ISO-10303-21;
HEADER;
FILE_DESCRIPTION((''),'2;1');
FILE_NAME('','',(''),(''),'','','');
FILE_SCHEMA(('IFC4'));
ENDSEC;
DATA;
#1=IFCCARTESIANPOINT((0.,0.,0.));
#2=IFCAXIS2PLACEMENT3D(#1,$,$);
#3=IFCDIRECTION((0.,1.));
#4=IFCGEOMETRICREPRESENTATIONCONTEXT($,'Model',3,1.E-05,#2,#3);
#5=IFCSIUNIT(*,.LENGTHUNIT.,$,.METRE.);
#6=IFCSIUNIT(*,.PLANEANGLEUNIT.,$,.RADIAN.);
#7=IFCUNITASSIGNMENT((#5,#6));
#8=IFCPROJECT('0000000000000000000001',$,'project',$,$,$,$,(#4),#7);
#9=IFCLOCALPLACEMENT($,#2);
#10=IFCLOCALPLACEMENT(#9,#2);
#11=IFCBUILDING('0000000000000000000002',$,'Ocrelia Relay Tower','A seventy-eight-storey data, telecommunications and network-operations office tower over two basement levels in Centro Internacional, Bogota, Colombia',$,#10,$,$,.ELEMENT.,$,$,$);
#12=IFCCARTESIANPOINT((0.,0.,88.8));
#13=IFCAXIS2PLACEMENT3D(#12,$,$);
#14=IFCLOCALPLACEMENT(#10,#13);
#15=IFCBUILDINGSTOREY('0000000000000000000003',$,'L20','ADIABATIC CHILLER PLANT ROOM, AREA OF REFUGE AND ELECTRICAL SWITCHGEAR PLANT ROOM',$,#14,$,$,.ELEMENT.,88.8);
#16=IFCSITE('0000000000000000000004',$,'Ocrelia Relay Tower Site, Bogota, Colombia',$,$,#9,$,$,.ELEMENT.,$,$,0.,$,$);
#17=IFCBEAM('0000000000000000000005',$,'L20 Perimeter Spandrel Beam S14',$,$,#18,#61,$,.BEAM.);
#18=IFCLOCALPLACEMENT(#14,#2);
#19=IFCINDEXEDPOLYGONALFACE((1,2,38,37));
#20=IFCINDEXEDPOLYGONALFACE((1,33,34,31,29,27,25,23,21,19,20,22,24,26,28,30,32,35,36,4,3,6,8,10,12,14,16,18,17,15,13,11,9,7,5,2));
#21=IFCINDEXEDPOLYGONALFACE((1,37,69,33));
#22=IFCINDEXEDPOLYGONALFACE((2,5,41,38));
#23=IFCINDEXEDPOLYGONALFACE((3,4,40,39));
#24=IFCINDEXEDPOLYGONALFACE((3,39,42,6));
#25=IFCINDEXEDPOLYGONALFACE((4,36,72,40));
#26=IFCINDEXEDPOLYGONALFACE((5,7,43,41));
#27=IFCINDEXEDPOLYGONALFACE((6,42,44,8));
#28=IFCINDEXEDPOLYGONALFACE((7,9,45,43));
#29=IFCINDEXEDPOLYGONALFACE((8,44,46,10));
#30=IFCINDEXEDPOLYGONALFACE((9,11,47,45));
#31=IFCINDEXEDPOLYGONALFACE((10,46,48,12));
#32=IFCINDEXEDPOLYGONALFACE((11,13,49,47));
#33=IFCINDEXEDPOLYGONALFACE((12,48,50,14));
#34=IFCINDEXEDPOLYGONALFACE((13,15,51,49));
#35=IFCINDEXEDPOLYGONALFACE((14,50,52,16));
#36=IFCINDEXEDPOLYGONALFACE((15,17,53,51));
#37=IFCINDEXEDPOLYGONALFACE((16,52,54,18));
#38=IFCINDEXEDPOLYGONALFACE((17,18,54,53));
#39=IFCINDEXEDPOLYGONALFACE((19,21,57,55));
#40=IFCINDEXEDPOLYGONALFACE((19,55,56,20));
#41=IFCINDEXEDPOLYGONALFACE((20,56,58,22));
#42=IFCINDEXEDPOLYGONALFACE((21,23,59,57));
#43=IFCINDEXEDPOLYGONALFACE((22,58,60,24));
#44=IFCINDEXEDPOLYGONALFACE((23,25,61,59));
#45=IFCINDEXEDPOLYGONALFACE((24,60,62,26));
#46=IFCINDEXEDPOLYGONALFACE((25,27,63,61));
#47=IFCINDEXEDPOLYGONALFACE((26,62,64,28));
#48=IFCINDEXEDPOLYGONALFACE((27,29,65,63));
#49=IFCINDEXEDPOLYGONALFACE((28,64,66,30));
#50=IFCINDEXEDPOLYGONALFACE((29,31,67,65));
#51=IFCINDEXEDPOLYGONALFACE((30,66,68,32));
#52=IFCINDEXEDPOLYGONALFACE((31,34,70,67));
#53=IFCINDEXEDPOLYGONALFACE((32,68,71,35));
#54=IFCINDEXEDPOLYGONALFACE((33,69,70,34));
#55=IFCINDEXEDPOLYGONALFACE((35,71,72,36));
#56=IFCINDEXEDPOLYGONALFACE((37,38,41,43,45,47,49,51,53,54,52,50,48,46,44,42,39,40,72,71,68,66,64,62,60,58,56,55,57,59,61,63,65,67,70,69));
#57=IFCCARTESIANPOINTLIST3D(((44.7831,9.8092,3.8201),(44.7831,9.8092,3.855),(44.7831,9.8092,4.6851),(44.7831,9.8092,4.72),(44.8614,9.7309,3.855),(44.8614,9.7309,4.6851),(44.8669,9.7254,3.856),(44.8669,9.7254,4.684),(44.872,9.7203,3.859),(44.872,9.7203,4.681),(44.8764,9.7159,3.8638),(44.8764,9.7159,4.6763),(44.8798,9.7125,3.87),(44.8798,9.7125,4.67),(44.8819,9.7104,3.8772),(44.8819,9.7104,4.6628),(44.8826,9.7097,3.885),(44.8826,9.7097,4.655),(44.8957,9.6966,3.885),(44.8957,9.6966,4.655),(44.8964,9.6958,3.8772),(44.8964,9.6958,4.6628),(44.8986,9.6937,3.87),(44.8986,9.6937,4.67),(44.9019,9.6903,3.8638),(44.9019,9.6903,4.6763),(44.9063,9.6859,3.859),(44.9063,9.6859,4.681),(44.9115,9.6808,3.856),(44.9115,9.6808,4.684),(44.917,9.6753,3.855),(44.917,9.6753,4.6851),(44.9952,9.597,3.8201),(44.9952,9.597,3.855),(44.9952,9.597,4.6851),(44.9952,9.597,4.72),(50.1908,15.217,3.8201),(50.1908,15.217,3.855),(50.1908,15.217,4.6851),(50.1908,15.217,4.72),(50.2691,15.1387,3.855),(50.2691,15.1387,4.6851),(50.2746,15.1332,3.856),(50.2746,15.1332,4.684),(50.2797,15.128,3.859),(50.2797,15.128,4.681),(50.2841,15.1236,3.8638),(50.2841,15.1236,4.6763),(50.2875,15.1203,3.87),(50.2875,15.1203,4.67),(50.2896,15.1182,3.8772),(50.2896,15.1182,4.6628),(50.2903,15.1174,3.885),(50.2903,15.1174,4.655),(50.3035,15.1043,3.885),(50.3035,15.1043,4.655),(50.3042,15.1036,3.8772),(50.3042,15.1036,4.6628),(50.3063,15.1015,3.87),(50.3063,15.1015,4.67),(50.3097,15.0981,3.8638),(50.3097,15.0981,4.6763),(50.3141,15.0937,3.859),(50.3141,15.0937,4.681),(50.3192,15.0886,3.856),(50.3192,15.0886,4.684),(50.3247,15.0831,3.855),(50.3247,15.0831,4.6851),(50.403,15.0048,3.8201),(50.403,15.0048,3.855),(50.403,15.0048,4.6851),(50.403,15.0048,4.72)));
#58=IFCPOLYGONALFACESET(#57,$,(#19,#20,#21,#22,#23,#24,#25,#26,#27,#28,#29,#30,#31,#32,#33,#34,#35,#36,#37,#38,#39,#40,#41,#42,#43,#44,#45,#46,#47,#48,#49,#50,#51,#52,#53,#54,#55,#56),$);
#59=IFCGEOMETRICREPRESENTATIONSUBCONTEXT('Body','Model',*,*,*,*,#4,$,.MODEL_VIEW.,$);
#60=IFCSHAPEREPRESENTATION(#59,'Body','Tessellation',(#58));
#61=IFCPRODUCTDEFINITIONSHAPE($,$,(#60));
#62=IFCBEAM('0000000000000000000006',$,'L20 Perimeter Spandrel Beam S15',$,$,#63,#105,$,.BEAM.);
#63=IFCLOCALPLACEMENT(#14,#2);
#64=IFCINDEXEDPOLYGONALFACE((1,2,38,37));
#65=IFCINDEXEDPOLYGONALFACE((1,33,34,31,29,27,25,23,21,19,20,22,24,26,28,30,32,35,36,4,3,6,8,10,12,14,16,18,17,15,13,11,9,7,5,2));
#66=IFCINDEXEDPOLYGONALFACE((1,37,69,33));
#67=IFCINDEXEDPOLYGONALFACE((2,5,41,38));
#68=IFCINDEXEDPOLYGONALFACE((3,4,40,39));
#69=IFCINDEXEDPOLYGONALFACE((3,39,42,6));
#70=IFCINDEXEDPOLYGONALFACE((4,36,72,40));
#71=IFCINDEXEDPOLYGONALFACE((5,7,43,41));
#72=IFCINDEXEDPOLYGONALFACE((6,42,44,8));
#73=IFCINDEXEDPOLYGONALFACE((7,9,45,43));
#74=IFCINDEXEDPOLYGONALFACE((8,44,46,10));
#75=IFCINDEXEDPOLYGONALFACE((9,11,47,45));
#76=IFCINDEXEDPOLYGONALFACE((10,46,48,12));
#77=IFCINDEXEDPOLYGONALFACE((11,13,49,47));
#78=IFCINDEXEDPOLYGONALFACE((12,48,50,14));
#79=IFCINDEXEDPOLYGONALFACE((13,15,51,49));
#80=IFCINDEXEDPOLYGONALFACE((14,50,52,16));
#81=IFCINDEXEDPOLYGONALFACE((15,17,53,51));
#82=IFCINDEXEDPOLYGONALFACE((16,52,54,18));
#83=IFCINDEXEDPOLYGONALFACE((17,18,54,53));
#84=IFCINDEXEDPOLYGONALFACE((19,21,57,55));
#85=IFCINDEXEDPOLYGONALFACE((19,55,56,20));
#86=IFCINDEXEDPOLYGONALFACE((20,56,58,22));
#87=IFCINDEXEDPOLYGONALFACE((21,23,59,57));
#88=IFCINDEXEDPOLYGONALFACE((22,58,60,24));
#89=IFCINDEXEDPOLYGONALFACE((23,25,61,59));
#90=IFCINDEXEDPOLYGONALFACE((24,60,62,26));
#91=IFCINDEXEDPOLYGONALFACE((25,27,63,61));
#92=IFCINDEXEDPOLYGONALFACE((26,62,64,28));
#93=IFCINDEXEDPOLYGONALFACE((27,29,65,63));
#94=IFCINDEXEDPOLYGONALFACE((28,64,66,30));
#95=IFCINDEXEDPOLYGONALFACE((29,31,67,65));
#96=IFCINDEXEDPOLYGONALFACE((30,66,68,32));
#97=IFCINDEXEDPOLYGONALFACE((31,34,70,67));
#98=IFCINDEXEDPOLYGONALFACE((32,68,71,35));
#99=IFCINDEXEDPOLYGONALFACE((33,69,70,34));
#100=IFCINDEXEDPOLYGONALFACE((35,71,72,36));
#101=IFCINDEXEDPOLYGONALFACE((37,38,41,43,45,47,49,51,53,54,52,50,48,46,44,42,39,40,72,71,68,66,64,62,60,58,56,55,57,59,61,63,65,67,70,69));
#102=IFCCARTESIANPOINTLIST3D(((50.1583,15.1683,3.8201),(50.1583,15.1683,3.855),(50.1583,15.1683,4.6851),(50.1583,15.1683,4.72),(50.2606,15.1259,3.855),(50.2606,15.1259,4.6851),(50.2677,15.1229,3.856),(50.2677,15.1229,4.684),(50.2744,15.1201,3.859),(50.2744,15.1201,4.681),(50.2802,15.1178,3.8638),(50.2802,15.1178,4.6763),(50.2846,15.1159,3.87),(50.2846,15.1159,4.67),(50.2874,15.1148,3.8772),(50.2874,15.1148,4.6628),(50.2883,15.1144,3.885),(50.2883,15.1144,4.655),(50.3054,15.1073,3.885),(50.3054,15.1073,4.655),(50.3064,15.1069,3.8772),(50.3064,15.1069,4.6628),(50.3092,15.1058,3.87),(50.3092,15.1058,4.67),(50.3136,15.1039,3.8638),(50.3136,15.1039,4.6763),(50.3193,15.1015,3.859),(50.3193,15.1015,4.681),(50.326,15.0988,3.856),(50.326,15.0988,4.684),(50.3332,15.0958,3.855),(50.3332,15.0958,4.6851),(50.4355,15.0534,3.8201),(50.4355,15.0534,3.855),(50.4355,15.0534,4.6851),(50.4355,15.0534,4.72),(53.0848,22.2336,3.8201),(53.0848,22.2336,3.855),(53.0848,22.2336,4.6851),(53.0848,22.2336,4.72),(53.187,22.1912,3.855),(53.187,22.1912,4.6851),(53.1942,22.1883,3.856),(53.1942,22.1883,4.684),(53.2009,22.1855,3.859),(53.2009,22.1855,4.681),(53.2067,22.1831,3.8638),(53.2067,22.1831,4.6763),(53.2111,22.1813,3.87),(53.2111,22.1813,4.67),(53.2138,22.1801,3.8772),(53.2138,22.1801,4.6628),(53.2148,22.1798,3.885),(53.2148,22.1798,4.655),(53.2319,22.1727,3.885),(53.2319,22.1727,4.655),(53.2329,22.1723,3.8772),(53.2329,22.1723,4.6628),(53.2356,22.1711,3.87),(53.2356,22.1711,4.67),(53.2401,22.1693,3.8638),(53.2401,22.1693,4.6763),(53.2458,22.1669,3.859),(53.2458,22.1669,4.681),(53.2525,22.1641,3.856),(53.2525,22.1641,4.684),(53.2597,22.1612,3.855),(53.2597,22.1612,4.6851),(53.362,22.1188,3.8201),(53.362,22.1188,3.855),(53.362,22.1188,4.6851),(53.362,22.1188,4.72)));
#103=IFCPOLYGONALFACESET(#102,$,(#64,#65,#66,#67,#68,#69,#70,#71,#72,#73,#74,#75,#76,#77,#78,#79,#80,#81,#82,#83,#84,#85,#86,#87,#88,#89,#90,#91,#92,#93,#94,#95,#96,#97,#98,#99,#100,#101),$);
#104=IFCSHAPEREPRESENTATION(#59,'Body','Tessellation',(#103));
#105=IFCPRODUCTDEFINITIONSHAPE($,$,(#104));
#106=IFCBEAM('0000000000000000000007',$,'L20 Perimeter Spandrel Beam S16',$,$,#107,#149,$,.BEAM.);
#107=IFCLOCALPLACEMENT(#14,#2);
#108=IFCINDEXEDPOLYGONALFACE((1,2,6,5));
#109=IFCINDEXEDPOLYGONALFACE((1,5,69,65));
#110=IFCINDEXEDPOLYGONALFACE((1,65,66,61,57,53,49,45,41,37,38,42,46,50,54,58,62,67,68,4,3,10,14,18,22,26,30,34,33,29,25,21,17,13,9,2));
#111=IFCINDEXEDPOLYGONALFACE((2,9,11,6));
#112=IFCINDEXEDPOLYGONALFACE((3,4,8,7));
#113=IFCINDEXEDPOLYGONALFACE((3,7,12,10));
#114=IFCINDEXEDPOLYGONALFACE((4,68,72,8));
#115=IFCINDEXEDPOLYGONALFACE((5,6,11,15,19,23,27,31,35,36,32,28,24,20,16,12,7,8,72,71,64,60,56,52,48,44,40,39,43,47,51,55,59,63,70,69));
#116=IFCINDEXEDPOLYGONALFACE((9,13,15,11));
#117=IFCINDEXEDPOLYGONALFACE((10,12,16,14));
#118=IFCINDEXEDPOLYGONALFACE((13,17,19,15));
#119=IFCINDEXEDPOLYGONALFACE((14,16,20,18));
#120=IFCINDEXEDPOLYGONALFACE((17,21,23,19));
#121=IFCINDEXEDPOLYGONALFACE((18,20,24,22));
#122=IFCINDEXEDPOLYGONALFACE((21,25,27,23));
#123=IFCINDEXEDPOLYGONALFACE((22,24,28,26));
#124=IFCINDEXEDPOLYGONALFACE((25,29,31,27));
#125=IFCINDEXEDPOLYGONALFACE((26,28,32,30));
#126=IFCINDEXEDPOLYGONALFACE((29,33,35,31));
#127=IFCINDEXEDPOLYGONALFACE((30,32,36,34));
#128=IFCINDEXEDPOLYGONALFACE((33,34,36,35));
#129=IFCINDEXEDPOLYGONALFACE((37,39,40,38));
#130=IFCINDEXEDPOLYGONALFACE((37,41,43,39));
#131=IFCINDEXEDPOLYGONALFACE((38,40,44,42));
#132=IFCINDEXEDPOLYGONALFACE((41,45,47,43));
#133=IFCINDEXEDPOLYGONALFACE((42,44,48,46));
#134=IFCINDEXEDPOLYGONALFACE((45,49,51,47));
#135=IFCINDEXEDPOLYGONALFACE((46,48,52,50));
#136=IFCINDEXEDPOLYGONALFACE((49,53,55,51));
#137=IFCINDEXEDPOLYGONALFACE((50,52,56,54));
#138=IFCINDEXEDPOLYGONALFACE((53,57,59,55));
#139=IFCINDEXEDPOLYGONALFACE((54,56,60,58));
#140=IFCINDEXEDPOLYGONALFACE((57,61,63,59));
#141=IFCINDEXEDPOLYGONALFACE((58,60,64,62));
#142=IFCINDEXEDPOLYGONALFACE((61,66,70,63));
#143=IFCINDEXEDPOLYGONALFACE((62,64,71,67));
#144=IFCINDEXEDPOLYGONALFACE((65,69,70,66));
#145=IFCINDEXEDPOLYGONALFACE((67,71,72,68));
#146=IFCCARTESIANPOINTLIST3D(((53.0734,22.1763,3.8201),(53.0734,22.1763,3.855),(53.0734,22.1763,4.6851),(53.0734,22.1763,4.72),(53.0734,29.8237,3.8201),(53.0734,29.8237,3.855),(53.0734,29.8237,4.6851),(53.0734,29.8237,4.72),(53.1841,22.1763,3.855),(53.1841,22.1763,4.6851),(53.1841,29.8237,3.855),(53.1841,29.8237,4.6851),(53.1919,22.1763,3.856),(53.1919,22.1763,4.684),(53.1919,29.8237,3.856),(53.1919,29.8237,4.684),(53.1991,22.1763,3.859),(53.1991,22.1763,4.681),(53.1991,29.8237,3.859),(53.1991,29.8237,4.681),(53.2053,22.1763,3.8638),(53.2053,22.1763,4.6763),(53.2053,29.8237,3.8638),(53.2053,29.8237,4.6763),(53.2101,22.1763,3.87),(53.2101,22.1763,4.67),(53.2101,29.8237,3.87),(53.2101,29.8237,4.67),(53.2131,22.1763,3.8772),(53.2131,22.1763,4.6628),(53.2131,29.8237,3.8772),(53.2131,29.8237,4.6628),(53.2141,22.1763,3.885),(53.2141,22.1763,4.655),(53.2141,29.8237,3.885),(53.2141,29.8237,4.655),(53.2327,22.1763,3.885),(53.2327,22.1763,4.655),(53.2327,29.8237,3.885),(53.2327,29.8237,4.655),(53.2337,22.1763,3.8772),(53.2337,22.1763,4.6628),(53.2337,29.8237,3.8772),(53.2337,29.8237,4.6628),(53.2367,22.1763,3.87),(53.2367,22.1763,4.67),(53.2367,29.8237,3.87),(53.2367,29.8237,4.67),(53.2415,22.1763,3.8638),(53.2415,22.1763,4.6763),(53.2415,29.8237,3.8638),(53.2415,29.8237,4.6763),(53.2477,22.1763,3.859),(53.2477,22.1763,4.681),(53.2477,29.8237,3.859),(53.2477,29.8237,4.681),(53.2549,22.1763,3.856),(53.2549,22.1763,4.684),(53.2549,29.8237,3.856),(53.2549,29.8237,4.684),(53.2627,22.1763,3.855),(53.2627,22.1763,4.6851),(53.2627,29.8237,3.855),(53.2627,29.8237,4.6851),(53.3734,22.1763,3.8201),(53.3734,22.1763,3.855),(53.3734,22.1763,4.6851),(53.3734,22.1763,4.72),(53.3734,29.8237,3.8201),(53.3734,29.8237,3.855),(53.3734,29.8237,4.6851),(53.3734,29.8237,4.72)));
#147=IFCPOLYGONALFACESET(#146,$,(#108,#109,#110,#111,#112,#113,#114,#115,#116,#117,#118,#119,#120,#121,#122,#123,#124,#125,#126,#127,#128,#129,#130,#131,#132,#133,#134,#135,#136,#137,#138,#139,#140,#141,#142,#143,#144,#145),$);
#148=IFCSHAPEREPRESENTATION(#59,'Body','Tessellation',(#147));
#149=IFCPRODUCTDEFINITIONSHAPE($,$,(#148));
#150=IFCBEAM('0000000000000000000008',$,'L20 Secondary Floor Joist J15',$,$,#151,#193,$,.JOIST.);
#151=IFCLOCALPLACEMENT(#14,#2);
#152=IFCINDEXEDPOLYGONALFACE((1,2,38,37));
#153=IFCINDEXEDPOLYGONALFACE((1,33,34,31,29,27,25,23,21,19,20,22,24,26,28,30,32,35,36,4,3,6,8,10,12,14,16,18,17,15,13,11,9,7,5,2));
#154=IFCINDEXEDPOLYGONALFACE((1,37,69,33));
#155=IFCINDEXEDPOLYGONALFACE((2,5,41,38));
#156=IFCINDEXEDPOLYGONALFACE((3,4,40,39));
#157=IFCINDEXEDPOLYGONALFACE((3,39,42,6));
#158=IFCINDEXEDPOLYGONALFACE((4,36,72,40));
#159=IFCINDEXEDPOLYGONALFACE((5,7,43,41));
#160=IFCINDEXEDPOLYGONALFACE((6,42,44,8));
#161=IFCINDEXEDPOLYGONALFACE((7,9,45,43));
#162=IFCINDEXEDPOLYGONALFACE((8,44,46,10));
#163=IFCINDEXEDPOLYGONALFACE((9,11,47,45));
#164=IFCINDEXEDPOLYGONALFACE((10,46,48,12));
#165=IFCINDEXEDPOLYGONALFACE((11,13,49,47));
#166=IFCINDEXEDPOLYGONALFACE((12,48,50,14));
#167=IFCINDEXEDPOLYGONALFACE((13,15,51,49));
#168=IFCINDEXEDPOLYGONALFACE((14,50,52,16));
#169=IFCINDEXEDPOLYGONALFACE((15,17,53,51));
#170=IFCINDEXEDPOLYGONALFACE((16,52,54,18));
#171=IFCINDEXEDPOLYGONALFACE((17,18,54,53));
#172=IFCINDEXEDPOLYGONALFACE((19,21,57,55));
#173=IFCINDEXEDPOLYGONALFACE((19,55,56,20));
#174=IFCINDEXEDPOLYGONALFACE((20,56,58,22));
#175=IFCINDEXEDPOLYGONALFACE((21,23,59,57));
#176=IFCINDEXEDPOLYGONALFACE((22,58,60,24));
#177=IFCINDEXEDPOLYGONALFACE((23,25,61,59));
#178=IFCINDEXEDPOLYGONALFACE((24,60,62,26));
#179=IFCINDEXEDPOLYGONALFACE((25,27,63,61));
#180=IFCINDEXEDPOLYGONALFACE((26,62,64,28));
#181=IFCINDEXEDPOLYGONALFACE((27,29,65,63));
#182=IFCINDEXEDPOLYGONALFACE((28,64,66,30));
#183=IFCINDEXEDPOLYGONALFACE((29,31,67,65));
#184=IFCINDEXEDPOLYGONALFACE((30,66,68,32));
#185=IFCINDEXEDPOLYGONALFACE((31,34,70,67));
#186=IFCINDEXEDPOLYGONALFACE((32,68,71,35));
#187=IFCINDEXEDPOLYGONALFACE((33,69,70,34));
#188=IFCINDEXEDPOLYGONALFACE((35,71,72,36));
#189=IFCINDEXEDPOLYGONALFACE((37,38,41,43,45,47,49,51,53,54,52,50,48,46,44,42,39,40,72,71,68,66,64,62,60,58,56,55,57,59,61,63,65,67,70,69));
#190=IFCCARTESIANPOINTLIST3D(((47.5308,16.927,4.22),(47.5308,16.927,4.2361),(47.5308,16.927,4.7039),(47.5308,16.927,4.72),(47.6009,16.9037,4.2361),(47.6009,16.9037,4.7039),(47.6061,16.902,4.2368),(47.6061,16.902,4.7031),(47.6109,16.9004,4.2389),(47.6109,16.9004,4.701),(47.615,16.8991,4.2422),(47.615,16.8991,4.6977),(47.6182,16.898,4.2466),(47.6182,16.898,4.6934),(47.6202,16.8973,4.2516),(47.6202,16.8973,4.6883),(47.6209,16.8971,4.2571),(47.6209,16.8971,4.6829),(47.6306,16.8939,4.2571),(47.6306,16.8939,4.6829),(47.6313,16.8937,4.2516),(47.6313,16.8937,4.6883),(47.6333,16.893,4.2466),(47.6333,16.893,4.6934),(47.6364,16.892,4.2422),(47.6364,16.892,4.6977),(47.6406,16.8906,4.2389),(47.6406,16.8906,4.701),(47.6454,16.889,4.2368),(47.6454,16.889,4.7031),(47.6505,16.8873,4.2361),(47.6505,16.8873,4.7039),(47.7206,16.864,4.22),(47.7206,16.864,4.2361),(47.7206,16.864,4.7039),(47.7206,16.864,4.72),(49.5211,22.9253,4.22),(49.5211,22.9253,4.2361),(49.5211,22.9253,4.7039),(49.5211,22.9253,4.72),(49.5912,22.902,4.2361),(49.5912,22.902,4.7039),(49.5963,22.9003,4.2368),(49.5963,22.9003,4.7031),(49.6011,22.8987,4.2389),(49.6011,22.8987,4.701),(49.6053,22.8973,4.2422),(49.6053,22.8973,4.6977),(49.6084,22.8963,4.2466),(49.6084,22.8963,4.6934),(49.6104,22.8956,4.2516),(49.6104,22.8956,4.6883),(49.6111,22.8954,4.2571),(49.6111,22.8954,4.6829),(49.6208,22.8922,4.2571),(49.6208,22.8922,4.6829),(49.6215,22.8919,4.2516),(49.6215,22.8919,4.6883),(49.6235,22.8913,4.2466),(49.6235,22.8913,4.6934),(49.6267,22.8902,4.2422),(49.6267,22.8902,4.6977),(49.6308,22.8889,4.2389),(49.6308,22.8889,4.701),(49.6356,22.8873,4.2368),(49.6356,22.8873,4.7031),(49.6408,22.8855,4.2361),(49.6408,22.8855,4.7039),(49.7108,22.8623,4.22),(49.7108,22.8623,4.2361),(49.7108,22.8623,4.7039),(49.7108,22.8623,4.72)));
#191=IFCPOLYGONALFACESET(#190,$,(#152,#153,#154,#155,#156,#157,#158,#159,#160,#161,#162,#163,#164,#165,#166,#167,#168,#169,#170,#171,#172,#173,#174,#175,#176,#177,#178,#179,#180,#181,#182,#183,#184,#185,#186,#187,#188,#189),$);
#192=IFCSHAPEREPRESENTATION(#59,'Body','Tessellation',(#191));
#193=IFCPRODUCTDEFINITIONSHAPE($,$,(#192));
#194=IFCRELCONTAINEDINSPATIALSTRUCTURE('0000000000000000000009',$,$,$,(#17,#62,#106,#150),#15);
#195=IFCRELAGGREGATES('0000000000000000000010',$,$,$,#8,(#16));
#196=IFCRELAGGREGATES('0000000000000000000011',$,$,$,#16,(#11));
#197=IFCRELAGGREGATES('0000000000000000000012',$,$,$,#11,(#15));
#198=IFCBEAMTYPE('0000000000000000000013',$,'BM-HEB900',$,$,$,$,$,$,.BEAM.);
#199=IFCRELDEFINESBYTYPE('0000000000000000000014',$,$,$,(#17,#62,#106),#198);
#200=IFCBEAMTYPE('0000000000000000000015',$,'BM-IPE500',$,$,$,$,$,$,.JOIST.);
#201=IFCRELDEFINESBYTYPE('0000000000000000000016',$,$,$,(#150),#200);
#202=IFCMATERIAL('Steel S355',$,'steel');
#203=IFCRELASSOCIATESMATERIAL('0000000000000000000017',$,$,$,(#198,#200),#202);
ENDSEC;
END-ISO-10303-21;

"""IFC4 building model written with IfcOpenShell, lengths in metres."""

from ifc_helpers import new_model, si_unit, direction, frame, origin, origin_2d, place, context, subcontext, project, spatial, i_section, extrude, material, material_profile, profile_set, type_object, element, save


model = new_model("IFC4")

# Units and contexts
model_context = context("Model", 3, precision=1e-05, world=origin(), true_north=direction((0.0, 1.0)))
body_context = subcontext(model_context, "Body", "Model", "MODEL_VIEW")
ifc_project = project(units=[si_unit("LENGTHUNIT", "METRE"), si_unit("PLANEANGLEUNIT", "RADIAN")], contexts=[model_context])

# Site, building, storey
site_placement = place(None, origin())
site = spatial("IfcSite", under=ifc_project, at=site_placement, Name="Ocrelia Relay Tower Site, Bogota, Colombia", CompositionType="ELEMENT", RefElevation=0.0)
building_placement = place(site_placement, origin())
building = spatial("IfcBuilding", under=site, at=building_placement, Name="Ocrelia Relay Tower", Description="A seventy-eight-storey data, telecommunications and network-operations office tower over two basement levels in Centro Internacional, Bogota, Colombia", CompositionType="ELEMENT")
storey_placement = place(building_placement, frame((0.0, 0.0, 88.8)))
storey = spatial("IfcBuildingStorey", under=building, at=storey_placement, Name="L20", Description="ADIABATIC CHILLER PLANT ROOM, AREA OF REFUGE AND ELECTRICAL SWITCHGEAR PLANT ROOM", CompositionType="ELEMENT", Elevation=88.8)

# Beams
ifc_material_1 = material(Name="Steel S355", Category="steel")
ifc_material_profile_1 = material_profile(ifc_material_1, i_section(OverallWidth=0.3, OverallDepth=0.8999, WebThickness=0.0186, FlangeThickness=0.0349, FilletRadius=0.03, at=origin_2d()), Name="HEB 900")
ifc_profile_set_1 = profile_set([ifc_material_profile_1], Name="Steel S355")
beam_type_1 = type_object("IfcBeamType", Name="BM-HEB900", PredefinedType="BEAM", material=ifc_profile_set_1)
beam_1_placement = place(storey_placement, frame((44.8892, 9.7031, 4.27), z_axis=(0.707107, 0.707107, 0.0), x_axis=(-0.707107, 0.707107, 0.0)))
element("IfcBeam", 1, at=beam_1_placement, inside=storey, type_object=beam_type_1, Name="L20 Perimeter Spandrel Beam S14", PredefinedType="BEAM", context=body_context, shape_type="SweptSolid", body=[
    extrude(i_section(OverallWidth=0.3, OverallDepth=0.8999, WebThickness=0.0186, FlangeThickness=0.0349, FilletRadius=0.03, at=origin_2d()), origin(), (0.0, 0.0, 1.0), 7.6477),
])
for number, where, z_axis, x_axis, name in (
    (2, (50.2969, 15.1108, 4.27), (0.382674, 0.923883, 0.0), (-0.923883, 0.382674, 0.0), "L20 Perimeter Spandrel Beam S15"),
    (3, (53.2234, 22.1763, 4.27), (0.0, 1.0, 0.0), (-1.0, 0.0, 0.0), "L20 Perimeter Spandrel Beam S16"),
):
    element("IfcBeam", number, at=place(storey_placement, frame(where, z_axis=z_axis, x_axis=x_axis)), inside=storey, type_object=beam_type_1, Name=name, PredefinedType="BEAM", context=body_context, shape_type="SweptSolid", body=[
        extrude(i_section(OverallWidth=0.3, OverallDepth=0.8999, WebThickness=0.0186, FlangeThickness=0.0349, FilletRadius=0.03, at=origin_2d()), origin(), (0.0, 0.0, 1.0), 7.6475),
    ])
ifc_material_profile_2 = material_profile(ifc_material_1, i_section(OverallWidth=0.2, OverallDepth=0.5, WebThickness=0.0103, FlangeThickness=0.0161, FilletRadius=0.021, at=origin_2d()), Name="IPE 500")
ifc_profile_set_2 = profile_set([ifc_material_profile_2], Name="Steel S355")
beam_type_2 = type_object("IfcBeamType", Name="BM-IPE500", PredefinedType="JOIST", material=ifc_profile_set_2)
beam_2_placement = place(storey_placement, frame((47.6257, 16.8955, 4.47), z_axis=(0.314918, 0.949119, 0.0), x_axis=(-0.949119, 0.314918, 0.0)))
element("IfcBeam", 4, at=beam_2_placement, inside=storey, type_object=beam_type_2, Name="L20 Secondary Floor Joist J15", PredefinedType="JOIST", context=body_context, shape_type="SweptSolid", body=[
    extrude(i_section(OverallWidth=0.2, OverallDepth=0.5, WebThickness=0.0103, FlangeThickness=0.0161, FilletRadius=0.021, at=origin_2d()), origin(), (0.0, 0.0, 1.0), 6.3198),
])

save(model, "model.ifc")
